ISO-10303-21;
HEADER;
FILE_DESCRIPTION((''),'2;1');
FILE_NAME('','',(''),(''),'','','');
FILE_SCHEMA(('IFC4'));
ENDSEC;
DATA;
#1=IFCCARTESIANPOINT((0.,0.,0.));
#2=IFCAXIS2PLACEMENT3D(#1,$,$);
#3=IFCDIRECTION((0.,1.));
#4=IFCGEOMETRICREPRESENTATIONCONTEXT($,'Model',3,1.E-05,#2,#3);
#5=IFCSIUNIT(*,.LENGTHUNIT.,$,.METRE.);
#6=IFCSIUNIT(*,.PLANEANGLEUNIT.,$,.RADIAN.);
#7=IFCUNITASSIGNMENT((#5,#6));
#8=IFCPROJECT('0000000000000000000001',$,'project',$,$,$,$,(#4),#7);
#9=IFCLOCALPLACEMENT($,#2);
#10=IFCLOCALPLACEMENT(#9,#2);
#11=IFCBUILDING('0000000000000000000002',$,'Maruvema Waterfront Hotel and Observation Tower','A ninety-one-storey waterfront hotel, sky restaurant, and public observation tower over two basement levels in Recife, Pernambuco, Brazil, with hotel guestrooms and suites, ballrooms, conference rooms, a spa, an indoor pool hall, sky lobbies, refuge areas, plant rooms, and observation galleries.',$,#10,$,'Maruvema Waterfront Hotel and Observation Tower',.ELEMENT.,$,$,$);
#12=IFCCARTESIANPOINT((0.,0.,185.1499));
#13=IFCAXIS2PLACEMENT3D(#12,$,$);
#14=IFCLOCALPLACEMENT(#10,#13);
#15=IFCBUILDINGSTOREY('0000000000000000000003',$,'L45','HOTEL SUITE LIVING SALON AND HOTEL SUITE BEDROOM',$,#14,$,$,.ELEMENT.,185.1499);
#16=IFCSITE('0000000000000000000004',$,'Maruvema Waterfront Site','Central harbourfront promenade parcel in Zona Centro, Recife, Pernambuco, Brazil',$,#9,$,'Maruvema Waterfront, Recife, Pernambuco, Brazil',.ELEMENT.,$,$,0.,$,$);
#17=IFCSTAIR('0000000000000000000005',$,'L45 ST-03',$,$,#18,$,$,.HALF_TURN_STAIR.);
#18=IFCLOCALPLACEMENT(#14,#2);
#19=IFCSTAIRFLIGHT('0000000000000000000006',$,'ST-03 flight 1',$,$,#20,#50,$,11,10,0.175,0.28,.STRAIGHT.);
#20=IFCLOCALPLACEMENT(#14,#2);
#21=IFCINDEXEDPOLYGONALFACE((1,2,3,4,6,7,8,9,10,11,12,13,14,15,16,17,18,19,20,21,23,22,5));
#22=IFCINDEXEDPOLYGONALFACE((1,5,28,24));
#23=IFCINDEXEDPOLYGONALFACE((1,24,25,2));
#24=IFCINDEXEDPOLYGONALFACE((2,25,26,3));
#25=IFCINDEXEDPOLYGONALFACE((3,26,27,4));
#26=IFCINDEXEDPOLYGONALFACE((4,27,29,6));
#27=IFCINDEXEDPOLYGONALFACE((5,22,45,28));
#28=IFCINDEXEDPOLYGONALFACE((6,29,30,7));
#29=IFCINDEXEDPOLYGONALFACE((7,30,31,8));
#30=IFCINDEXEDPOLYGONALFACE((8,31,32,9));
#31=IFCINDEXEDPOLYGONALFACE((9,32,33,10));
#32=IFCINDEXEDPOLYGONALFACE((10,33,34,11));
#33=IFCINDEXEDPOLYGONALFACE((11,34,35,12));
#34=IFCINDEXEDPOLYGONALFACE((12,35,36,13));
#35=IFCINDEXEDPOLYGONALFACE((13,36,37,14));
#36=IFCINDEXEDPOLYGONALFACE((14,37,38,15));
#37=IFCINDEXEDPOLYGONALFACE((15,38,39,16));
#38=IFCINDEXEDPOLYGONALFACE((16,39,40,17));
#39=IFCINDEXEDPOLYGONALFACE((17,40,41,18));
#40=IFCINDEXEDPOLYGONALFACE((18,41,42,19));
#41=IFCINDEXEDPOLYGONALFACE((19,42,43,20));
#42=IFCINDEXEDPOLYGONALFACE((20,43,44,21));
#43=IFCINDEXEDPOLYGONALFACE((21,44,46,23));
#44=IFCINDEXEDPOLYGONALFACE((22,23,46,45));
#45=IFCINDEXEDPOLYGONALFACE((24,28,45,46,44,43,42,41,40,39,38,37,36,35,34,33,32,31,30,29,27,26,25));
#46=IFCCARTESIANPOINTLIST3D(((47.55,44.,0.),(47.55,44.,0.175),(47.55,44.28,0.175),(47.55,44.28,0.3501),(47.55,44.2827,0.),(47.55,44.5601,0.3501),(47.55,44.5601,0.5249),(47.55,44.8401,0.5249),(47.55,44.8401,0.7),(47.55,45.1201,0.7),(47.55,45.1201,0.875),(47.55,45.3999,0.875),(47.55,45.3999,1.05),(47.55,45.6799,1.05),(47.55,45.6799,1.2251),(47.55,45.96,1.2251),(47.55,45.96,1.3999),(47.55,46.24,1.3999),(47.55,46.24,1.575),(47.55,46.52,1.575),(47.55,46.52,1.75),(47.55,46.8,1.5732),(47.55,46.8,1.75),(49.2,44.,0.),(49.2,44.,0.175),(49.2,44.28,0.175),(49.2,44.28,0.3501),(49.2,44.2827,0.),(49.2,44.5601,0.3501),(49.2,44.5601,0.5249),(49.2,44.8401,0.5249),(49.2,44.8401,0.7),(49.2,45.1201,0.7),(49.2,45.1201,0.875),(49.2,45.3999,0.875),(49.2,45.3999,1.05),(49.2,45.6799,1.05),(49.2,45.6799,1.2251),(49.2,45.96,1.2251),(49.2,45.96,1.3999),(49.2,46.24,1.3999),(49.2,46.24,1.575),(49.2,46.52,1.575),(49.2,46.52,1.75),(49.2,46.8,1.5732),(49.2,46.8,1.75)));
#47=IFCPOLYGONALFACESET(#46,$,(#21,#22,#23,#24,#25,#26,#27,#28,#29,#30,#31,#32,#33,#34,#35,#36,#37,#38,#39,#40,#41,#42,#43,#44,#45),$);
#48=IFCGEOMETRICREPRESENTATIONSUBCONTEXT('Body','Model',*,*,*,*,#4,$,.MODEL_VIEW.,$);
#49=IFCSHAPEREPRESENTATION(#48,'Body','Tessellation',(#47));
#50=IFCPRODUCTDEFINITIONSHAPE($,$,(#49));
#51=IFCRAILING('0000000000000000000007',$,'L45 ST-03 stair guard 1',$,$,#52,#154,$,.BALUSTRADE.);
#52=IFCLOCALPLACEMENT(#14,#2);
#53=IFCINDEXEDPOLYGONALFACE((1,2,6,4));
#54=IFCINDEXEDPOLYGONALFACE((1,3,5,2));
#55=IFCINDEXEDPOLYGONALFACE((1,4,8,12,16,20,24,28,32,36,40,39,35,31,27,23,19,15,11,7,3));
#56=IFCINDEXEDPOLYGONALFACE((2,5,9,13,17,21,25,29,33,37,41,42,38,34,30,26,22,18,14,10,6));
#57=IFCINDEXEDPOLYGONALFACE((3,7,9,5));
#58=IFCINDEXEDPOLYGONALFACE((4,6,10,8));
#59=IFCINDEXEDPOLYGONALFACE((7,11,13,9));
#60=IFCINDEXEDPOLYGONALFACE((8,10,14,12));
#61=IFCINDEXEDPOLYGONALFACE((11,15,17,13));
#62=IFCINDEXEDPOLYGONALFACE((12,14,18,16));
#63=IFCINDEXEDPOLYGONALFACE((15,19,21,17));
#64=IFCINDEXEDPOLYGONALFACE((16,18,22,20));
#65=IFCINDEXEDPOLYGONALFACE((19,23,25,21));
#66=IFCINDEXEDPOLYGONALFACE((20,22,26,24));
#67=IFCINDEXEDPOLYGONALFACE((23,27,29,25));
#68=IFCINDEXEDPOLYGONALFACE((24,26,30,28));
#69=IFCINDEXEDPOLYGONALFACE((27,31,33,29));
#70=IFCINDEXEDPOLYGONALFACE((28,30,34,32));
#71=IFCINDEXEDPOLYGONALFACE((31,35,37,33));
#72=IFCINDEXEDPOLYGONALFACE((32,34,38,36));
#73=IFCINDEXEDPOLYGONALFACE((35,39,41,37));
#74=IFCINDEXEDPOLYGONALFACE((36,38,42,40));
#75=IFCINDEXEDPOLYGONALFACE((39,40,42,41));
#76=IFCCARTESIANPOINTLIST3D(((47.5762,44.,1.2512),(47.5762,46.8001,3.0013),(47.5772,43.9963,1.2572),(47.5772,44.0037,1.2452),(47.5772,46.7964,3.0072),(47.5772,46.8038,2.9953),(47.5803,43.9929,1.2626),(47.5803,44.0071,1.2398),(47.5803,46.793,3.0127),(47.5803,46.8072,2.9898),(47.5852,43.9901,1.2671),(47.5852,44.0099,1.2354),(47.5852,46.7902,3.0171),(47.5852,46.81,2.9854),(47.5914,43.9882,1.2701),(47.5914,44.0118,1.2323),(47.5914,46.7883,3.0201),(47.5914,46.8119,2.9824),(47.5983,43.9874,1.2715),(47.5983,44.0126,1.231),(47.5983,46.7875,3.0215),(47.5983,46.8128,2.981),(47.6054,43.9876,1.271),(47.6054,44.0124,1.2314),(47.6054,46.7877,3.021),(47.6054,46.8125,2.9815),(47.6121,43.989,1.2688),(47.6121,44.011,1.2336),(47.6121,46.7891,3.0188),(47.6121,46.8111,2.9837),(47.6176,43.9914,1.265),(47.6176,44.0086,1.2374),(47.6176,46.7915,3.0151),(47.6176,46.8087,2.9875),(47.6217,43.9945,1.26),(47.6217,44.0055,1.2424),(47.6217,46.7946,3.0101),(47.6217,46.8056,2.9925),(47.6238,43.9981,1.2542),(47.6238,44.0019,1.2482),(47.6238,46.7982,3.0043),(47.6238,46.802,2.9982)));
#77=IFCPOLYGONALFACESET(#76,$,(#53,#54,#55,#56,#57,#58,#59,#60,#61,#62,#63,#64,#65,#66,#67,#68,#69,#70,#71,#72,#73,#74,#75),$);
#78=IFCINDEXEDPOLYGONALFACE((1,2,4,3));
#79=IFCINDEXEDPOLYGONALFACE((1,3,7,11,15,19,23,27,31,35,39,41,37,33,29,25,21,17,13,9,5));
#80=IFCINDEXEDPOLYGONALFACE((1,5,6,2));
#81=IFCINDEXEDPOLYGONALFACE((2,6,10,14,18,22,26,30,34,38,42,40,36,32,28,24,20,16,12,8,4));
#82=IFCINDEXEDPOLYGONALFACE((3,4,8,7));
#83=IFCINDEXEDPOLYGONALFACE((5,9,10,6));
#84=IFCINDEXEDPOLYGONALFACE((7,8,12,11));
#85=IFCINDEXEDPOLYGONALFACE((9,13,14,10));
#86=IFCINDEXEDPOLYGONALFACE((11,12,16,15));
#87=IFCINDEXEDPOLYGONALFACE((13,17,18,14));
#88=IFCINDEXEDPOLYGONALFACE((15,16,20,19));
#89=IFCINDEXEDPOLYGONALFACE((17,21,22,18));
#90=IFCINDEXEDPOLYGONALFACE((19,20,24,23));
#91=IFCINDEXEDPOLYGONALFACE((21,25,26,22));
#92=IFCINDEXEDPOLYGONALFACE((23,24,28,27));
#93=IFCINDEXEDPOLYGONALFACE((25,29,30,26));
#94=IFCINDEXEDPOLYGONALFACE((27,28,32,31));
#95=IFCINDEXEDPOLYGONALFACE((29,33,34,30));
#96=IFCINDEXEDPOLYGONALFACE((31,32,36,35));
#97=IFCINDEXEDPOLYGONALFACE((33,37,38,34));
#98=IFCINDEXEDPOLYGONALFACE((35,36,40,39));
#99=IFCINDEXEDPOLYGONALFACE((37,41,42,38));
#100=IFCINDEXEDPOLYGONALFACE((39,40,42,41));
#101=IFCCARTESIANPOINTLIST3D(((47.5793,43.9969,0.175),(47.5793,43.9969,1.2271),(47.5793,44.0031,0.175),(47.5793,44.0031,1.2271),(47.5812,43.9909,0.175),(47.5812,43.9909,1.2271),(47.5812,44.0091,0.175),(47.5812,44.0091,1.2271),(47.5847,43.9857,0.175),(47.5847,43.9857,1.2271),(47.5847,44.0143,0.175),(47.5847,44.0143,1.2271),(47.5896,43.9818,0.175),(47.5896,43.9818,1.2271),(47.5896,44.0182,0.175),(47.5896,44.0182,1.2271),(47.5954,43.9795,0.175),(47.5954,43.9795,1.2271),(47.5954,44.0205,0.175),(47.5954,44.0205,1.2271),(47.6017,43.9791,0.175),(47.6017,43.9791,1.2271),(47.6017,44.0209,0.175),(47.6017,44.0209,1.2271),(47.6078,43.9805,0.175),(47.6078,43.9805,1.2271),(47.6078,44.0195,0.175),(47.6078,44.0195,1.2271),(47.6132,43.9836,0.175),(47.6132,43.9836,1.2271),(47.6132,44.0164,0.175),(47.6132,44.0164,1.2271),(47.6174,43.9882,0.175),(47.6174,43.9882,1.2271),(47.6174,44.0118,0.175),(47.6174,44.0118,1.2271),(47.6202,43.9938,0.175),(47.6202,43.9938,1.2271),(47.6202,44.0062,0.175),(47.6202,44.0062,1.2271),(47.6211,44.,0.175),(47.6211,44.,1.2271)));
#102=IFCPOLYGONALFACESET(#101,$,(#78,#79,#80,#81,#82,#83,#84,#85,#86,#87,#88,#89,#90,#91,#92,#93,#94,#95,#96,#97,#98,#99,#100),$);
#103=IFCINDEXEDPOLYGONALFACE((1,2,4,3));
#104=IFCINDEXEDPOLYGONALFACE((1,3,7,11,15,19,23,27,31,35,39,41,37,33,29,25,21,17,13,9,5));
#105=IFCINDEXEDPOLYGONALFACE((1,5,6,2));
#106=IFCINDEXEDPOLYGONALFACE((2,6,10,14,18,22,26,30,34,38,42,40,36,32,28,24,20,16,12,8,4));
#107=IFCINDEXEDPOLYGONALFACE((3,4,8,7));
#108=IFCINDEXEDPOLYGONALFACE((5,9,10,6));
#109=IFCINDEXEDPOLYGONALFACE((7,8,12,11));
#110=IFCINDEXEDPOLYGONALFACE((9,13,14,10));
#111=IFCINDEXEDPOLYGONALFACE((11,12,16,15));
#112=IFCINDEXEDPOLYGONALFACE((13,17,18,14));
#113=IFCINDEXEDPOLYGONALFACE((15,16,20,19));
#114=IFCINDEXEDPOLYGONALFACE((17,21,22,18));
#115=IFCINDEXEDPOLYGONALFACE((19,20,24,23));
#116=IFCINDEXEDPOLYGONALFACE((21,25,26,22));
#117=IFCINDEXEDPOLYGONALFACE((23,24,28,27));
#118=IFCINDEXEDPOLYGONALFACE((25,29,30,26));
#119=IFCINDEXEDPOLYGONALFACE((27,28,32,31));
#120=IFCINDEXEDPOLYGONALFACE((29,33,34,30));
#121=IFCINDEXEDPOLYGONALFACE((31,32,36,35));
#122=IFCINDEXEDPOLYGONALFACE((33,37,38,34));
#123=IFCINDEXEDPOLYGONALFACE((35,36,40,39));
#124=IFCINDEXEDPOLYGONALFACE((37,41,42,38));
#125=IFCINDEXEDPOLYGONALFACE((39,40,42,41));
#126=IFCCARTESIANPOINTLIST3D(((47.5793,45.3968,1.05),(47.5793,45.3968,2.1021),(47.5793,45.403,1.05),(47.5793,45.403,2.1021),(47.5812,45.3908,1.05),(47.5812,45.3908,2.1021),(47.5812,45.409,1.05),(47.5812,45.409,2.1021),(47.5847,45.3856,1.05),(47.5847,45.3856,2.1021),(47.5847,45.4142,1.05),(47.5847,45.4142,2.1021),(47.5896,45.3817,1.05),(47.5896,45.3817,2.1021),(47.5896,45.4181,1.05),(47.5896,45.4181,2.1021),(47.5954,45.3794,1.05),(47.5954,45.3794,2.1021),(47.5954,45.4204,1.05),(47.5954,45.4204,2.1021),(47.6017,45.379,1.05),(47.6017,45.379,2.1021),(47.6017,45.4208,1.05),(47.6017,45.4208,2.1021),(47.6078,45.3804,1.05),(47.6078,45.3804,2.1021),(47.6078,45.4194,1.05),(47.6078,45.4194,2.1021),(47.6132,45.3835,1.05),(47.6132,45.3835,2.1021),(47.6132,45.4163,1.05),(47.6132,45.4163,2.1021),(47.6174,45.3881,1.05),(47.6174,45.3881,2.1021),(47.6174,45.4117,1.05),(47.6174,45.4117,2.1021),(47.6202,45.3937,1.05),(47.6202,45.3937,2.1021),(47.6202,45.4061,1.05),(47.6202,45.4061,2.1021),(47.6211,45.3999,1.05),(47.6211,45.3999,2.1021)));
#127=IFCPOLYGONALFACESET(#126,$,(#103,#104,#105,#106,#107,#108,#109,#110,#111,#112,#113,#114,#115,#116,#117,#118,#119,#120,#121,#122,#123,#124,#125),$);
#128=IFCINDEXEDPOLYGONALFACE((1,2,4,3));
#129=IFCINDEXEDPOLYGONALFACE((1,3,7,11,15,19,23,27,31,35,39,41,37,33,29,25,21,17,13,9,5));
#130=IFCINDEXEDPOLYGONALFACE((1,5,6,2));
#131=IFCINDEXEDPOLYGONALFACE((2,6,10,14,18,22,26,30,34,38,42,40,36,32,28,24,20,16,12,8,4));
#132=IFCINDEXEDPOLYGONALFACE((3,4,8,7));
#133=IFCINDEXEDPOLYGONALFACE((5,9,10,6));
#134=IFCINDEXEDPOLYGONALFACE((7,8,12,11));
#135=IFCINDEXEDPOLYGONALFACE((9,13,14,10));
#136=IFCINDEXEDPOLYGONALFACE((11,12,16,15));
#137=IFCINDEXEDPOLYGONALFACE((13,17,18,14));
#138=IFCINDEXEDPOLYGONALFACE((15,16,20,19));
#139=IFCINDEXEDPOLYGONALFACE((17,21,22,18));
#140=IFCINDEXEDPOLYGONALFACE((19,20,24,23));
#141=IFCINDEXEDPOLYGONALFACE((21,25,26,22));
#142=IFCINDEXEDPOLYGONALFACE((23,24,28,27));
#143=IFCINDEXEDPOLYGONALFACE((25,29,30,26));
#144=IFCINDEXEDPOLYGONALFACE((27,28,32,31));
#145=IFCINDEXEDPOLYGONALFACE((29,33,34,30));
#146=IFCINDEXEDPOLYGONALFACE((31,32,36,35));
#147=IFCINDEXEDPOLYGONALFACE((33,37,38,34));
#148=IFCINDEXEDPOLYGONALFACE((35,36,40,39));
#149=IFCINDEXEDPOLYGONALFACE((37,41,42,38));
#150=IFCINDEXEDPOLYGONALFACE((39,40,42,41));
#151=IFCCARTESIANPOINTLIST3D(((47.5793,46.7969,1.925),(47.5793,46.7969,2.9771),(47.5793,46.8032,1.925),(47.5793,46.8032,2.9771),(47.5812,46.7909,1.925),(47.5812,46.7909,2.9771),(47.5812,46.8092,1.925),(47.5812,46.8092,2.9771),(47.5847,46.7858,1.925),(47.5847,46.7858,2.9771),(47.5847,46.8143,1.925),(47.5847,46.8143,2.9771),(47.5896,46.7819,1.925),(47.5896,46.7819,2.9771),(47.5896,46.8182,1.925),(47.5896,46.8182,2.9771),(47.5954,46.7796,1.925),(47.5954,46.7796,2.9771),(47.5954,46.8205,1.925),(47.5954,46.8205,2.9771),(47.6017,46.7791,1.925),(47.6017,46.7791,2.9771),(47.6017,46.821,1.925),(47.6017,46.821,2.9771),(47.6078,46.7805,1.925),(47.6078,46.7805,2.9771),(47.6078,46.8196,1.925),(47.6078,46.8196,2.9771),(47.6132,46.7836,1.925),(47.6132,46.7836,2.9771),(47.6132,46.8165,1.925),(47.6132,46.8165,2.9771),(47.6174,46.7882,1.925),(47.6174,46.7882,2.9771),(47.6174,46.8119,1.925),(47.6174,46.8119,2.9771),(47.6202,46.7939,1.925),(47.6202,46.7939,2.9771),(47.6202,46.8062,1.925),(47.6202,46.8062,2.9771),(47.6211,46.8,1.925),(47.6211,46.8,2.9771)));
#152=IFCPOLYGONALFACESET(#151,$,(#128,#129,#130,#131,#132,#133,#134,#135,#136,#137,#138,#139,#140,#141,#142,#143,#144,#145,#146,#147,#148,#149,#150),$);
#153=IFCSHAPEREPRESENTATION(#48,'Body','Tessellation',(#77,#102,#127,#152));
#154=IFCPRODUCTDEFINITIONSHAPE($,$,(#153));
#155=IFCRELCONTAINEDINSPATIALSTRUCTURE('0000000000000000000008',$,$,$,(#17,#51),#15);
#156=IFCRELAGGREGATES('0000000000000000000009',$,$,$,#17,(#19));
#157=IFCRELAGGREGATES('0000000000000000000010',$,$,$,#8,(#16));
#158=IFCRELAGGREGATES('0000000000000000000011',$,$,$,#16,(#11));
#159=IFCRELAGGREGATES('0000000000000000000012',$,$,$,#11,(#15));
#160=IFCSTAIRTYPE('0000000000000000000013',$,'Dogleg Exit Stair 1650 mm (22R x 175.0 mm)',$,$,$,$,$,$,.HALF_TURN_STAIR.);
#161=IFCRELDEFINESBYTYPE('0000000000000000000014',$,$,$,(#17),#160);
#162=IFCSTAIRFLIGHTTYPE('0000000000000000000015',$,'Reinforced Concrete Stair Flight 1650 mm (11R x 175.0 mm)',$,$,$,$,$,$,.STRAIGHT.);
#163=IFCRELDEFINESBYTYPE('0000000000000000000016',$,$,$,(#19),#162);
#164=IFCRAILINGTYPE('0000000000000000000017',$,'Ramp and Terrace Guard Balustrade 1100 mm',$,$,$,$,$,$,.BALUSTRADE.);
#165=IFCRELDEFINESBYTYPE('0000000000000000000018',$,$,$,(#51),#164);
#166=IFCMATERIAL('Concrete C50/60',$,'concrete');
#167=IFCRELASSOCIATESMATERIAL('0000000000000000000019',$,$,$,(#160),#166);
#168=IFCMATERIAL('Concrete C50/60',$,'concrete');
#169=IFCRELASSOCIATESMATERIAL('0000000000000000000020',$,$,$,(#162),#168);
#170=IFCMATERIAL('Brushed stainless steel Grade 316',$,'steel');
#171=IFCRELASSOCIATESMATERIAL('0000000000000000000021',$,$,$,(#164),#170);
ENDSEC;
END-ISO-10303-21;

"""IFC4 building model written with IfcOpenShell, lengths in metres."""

from ifc_helpers import new_model, si_unit, direction, frame, origin, origin_2d, place, context, subcontext, project, spatial, polyline, circle, outline, extrude, material, type_object, element, aggregate, save


model = new_model("IFC4")

# Units and contexts
model_context = context("Model", 3, precision=1e-05, world=origin(), true_north=direction((0.0, 1.0)))
body_context = subcontext(model_context, "Body", "Model", "MODEL_VIEW")
ifc_project = project(units=[si_unit("LENGTHUNIT", "METRE"), si_unit("PLANEANGLEUNIT", "RADIAN")], contexts=[model_context])

# Site, building, storey
site_placement = place(None, origin())
site = spatial("IfcSite", under=ifc_project, at=site_placement, Name="Maruvema Waterfront Site", Description="Central harbourfront promenade parcel in Zona Centro, Recife, Pernambuco, Brazil", LongName="Maruvema Waterfront, Recife, Pernambuco, Brazil", CompositionType="ELEMENT", RefElevation=0.0)
building_placement = place(site_placement, origin())
building = spatial("IfcBuilding", under=site, at=building_placement, Name="Maruvema Waterfront Hotel and Observation Tower", Description="A ninety-one-storey waterfront hotel, sky restaurant, and public observation tower over two basement levels in Recife, Pernambuco, Brazil, with hotel guestrooms and suites, ballrooms, conference rooms, a spa, an indoor pool hall, sky lobbies, refuge areas, plant rooms, and observation galleries.", LongName="Maruvema Waterfront Hotel and Observation Tower", CompositionType="ELEMENT")
storey_placement = place(building_placement, frame((0.0, 0.0, 185.1499)))
storey = spatial("IfcBuildingStorey", under=building, at=storey_placement, Name="L45", Description="HOTEL SUITE LIVING SALON AND HOTEL SUITE BEDROOM", CompositionType="ELEMENT", Elevation=185.1499)

# Stair, stair flight
ifc_material_1 = material(Name="Concrete C50/60", Category="concrete")
stair_type = type_object("IfcStairType", Name="Dogleg Exit Stair 1650 mm (22R x 175.0 mm)", PredefinedType="HALF_TURN_STAIR", material=ifc_material_1)
stair_placement = place(storey_placement, origin())
stair = element("IfcStair", 1, at=stair_placement, inside=storey, type_object=stair_type, Name="L45 ST-03", PredefinedType="HALF_TURN_STAIR")
ifc_material_2 = material(Name="Concrete C50/60", Category="concrete")
stair_flight_type = type_object("IfcStairFlightType", Name="Reinforced Concrete Stair Flight 1650 mm (11R x 175.0 mm)", PredefinedType="STRAIGHT", material=ifc_material_2)
stair_flight_placement = place(storey_placement, frame((48.375, 44.0, 0.0), z_axis=(0.0, 0.0, 1.0), x_axis=(0.0, 1.0, 0.0)))
stair_flight = element("IfcStairFlight", 2, at=stair_flight_placement, type_object=stair_flight_type, Name="ST-03 flight 1", NumberOfRisers=11, NumberOfTreads=10, PredefinedType="STRAIGHT", RiserHeight=0.175, TreadLength=0.28, context=body_context, shape_type="SweptSolid", body=[
    extrude(outline(polyline([(0.0, 0.0), (0.0, 0.175), (0.28, 0.175), (0.28, 0.3501), (0.5601, 0.3501), (0.5601, 0.5249), (0.8401, 0.5249), (0.8401, 0.7), (1.1201, 0.7), (1.1201, 0.875), (1.3999, 0.875), (1.3999, 1.05), (1.6799, 1.05), (1.6799, 1.2251), (1.96, 1.2251), (1.96, 1.3999), (2.24, 1.3999), (2.24, 1.575), (2.52, 1.575), (2.52, 1.75), (2.8, 1.75), (2.8, 1.925), (2.8, 1.5732), (0.2827, 0.0), (0.0, 0.0)])), frame((0.0, 0.825, 0.0), z_axis=(0.0, -1.0, 0.0), x_axis=(1.0, 0.0, 0.0)), (0.0, 0.0, 1.0), 1.6499),
])
aggregate(stair, [stair_flight])

# Railing
ifc_material_3 = material(Name="Brushed stainless steel Grade 316", Category="steel")
railing_type = type_object("IfcRailingType", Name="Ramp and Terrace Guard Balustrade 1100 mm", PredefinedType="BALUSTRADE", material=ifc_material_3)
railing_1_placement = place(storey_placement, frame((47.6001, 44.0, 0.175)))
element("IfcRailing", 3, at=railing_1_placement, inside=storey, type_object=railing_type, Name="L45 ST-03 stair guard 1", PredefinedType="BALUSTRADE", context=body_context, shape_type="SweptSolid", body=[
    extrude(circle(Radius=0.0239, at=origin_2d()), frame((0.0, 0.0, 1.0762), z_axis=(0.0, 0.848002, 0.529992), x_axis=(-1.0, 0.0, 0.0)), (0.0, 0.0, 1.0), 3.302),
    extrude(circle(Radius=0.021, at=origin_2d()), origin(), (0.0, 0.0, 1.0), 1.052),
    extrude(circle(Radius=0.021, at=origin_2d()), frame((0.0, 1.3999, 0.875)), (0.0, 0.0, 1.0), 1.052),
    extrude(circle(Radius=0.021, at=origin_2d()), frame((0.0, 2.8, 1.75)), (0.0, 0.0, 1.0), 1.052),
])

save(model, "model.ifc")
